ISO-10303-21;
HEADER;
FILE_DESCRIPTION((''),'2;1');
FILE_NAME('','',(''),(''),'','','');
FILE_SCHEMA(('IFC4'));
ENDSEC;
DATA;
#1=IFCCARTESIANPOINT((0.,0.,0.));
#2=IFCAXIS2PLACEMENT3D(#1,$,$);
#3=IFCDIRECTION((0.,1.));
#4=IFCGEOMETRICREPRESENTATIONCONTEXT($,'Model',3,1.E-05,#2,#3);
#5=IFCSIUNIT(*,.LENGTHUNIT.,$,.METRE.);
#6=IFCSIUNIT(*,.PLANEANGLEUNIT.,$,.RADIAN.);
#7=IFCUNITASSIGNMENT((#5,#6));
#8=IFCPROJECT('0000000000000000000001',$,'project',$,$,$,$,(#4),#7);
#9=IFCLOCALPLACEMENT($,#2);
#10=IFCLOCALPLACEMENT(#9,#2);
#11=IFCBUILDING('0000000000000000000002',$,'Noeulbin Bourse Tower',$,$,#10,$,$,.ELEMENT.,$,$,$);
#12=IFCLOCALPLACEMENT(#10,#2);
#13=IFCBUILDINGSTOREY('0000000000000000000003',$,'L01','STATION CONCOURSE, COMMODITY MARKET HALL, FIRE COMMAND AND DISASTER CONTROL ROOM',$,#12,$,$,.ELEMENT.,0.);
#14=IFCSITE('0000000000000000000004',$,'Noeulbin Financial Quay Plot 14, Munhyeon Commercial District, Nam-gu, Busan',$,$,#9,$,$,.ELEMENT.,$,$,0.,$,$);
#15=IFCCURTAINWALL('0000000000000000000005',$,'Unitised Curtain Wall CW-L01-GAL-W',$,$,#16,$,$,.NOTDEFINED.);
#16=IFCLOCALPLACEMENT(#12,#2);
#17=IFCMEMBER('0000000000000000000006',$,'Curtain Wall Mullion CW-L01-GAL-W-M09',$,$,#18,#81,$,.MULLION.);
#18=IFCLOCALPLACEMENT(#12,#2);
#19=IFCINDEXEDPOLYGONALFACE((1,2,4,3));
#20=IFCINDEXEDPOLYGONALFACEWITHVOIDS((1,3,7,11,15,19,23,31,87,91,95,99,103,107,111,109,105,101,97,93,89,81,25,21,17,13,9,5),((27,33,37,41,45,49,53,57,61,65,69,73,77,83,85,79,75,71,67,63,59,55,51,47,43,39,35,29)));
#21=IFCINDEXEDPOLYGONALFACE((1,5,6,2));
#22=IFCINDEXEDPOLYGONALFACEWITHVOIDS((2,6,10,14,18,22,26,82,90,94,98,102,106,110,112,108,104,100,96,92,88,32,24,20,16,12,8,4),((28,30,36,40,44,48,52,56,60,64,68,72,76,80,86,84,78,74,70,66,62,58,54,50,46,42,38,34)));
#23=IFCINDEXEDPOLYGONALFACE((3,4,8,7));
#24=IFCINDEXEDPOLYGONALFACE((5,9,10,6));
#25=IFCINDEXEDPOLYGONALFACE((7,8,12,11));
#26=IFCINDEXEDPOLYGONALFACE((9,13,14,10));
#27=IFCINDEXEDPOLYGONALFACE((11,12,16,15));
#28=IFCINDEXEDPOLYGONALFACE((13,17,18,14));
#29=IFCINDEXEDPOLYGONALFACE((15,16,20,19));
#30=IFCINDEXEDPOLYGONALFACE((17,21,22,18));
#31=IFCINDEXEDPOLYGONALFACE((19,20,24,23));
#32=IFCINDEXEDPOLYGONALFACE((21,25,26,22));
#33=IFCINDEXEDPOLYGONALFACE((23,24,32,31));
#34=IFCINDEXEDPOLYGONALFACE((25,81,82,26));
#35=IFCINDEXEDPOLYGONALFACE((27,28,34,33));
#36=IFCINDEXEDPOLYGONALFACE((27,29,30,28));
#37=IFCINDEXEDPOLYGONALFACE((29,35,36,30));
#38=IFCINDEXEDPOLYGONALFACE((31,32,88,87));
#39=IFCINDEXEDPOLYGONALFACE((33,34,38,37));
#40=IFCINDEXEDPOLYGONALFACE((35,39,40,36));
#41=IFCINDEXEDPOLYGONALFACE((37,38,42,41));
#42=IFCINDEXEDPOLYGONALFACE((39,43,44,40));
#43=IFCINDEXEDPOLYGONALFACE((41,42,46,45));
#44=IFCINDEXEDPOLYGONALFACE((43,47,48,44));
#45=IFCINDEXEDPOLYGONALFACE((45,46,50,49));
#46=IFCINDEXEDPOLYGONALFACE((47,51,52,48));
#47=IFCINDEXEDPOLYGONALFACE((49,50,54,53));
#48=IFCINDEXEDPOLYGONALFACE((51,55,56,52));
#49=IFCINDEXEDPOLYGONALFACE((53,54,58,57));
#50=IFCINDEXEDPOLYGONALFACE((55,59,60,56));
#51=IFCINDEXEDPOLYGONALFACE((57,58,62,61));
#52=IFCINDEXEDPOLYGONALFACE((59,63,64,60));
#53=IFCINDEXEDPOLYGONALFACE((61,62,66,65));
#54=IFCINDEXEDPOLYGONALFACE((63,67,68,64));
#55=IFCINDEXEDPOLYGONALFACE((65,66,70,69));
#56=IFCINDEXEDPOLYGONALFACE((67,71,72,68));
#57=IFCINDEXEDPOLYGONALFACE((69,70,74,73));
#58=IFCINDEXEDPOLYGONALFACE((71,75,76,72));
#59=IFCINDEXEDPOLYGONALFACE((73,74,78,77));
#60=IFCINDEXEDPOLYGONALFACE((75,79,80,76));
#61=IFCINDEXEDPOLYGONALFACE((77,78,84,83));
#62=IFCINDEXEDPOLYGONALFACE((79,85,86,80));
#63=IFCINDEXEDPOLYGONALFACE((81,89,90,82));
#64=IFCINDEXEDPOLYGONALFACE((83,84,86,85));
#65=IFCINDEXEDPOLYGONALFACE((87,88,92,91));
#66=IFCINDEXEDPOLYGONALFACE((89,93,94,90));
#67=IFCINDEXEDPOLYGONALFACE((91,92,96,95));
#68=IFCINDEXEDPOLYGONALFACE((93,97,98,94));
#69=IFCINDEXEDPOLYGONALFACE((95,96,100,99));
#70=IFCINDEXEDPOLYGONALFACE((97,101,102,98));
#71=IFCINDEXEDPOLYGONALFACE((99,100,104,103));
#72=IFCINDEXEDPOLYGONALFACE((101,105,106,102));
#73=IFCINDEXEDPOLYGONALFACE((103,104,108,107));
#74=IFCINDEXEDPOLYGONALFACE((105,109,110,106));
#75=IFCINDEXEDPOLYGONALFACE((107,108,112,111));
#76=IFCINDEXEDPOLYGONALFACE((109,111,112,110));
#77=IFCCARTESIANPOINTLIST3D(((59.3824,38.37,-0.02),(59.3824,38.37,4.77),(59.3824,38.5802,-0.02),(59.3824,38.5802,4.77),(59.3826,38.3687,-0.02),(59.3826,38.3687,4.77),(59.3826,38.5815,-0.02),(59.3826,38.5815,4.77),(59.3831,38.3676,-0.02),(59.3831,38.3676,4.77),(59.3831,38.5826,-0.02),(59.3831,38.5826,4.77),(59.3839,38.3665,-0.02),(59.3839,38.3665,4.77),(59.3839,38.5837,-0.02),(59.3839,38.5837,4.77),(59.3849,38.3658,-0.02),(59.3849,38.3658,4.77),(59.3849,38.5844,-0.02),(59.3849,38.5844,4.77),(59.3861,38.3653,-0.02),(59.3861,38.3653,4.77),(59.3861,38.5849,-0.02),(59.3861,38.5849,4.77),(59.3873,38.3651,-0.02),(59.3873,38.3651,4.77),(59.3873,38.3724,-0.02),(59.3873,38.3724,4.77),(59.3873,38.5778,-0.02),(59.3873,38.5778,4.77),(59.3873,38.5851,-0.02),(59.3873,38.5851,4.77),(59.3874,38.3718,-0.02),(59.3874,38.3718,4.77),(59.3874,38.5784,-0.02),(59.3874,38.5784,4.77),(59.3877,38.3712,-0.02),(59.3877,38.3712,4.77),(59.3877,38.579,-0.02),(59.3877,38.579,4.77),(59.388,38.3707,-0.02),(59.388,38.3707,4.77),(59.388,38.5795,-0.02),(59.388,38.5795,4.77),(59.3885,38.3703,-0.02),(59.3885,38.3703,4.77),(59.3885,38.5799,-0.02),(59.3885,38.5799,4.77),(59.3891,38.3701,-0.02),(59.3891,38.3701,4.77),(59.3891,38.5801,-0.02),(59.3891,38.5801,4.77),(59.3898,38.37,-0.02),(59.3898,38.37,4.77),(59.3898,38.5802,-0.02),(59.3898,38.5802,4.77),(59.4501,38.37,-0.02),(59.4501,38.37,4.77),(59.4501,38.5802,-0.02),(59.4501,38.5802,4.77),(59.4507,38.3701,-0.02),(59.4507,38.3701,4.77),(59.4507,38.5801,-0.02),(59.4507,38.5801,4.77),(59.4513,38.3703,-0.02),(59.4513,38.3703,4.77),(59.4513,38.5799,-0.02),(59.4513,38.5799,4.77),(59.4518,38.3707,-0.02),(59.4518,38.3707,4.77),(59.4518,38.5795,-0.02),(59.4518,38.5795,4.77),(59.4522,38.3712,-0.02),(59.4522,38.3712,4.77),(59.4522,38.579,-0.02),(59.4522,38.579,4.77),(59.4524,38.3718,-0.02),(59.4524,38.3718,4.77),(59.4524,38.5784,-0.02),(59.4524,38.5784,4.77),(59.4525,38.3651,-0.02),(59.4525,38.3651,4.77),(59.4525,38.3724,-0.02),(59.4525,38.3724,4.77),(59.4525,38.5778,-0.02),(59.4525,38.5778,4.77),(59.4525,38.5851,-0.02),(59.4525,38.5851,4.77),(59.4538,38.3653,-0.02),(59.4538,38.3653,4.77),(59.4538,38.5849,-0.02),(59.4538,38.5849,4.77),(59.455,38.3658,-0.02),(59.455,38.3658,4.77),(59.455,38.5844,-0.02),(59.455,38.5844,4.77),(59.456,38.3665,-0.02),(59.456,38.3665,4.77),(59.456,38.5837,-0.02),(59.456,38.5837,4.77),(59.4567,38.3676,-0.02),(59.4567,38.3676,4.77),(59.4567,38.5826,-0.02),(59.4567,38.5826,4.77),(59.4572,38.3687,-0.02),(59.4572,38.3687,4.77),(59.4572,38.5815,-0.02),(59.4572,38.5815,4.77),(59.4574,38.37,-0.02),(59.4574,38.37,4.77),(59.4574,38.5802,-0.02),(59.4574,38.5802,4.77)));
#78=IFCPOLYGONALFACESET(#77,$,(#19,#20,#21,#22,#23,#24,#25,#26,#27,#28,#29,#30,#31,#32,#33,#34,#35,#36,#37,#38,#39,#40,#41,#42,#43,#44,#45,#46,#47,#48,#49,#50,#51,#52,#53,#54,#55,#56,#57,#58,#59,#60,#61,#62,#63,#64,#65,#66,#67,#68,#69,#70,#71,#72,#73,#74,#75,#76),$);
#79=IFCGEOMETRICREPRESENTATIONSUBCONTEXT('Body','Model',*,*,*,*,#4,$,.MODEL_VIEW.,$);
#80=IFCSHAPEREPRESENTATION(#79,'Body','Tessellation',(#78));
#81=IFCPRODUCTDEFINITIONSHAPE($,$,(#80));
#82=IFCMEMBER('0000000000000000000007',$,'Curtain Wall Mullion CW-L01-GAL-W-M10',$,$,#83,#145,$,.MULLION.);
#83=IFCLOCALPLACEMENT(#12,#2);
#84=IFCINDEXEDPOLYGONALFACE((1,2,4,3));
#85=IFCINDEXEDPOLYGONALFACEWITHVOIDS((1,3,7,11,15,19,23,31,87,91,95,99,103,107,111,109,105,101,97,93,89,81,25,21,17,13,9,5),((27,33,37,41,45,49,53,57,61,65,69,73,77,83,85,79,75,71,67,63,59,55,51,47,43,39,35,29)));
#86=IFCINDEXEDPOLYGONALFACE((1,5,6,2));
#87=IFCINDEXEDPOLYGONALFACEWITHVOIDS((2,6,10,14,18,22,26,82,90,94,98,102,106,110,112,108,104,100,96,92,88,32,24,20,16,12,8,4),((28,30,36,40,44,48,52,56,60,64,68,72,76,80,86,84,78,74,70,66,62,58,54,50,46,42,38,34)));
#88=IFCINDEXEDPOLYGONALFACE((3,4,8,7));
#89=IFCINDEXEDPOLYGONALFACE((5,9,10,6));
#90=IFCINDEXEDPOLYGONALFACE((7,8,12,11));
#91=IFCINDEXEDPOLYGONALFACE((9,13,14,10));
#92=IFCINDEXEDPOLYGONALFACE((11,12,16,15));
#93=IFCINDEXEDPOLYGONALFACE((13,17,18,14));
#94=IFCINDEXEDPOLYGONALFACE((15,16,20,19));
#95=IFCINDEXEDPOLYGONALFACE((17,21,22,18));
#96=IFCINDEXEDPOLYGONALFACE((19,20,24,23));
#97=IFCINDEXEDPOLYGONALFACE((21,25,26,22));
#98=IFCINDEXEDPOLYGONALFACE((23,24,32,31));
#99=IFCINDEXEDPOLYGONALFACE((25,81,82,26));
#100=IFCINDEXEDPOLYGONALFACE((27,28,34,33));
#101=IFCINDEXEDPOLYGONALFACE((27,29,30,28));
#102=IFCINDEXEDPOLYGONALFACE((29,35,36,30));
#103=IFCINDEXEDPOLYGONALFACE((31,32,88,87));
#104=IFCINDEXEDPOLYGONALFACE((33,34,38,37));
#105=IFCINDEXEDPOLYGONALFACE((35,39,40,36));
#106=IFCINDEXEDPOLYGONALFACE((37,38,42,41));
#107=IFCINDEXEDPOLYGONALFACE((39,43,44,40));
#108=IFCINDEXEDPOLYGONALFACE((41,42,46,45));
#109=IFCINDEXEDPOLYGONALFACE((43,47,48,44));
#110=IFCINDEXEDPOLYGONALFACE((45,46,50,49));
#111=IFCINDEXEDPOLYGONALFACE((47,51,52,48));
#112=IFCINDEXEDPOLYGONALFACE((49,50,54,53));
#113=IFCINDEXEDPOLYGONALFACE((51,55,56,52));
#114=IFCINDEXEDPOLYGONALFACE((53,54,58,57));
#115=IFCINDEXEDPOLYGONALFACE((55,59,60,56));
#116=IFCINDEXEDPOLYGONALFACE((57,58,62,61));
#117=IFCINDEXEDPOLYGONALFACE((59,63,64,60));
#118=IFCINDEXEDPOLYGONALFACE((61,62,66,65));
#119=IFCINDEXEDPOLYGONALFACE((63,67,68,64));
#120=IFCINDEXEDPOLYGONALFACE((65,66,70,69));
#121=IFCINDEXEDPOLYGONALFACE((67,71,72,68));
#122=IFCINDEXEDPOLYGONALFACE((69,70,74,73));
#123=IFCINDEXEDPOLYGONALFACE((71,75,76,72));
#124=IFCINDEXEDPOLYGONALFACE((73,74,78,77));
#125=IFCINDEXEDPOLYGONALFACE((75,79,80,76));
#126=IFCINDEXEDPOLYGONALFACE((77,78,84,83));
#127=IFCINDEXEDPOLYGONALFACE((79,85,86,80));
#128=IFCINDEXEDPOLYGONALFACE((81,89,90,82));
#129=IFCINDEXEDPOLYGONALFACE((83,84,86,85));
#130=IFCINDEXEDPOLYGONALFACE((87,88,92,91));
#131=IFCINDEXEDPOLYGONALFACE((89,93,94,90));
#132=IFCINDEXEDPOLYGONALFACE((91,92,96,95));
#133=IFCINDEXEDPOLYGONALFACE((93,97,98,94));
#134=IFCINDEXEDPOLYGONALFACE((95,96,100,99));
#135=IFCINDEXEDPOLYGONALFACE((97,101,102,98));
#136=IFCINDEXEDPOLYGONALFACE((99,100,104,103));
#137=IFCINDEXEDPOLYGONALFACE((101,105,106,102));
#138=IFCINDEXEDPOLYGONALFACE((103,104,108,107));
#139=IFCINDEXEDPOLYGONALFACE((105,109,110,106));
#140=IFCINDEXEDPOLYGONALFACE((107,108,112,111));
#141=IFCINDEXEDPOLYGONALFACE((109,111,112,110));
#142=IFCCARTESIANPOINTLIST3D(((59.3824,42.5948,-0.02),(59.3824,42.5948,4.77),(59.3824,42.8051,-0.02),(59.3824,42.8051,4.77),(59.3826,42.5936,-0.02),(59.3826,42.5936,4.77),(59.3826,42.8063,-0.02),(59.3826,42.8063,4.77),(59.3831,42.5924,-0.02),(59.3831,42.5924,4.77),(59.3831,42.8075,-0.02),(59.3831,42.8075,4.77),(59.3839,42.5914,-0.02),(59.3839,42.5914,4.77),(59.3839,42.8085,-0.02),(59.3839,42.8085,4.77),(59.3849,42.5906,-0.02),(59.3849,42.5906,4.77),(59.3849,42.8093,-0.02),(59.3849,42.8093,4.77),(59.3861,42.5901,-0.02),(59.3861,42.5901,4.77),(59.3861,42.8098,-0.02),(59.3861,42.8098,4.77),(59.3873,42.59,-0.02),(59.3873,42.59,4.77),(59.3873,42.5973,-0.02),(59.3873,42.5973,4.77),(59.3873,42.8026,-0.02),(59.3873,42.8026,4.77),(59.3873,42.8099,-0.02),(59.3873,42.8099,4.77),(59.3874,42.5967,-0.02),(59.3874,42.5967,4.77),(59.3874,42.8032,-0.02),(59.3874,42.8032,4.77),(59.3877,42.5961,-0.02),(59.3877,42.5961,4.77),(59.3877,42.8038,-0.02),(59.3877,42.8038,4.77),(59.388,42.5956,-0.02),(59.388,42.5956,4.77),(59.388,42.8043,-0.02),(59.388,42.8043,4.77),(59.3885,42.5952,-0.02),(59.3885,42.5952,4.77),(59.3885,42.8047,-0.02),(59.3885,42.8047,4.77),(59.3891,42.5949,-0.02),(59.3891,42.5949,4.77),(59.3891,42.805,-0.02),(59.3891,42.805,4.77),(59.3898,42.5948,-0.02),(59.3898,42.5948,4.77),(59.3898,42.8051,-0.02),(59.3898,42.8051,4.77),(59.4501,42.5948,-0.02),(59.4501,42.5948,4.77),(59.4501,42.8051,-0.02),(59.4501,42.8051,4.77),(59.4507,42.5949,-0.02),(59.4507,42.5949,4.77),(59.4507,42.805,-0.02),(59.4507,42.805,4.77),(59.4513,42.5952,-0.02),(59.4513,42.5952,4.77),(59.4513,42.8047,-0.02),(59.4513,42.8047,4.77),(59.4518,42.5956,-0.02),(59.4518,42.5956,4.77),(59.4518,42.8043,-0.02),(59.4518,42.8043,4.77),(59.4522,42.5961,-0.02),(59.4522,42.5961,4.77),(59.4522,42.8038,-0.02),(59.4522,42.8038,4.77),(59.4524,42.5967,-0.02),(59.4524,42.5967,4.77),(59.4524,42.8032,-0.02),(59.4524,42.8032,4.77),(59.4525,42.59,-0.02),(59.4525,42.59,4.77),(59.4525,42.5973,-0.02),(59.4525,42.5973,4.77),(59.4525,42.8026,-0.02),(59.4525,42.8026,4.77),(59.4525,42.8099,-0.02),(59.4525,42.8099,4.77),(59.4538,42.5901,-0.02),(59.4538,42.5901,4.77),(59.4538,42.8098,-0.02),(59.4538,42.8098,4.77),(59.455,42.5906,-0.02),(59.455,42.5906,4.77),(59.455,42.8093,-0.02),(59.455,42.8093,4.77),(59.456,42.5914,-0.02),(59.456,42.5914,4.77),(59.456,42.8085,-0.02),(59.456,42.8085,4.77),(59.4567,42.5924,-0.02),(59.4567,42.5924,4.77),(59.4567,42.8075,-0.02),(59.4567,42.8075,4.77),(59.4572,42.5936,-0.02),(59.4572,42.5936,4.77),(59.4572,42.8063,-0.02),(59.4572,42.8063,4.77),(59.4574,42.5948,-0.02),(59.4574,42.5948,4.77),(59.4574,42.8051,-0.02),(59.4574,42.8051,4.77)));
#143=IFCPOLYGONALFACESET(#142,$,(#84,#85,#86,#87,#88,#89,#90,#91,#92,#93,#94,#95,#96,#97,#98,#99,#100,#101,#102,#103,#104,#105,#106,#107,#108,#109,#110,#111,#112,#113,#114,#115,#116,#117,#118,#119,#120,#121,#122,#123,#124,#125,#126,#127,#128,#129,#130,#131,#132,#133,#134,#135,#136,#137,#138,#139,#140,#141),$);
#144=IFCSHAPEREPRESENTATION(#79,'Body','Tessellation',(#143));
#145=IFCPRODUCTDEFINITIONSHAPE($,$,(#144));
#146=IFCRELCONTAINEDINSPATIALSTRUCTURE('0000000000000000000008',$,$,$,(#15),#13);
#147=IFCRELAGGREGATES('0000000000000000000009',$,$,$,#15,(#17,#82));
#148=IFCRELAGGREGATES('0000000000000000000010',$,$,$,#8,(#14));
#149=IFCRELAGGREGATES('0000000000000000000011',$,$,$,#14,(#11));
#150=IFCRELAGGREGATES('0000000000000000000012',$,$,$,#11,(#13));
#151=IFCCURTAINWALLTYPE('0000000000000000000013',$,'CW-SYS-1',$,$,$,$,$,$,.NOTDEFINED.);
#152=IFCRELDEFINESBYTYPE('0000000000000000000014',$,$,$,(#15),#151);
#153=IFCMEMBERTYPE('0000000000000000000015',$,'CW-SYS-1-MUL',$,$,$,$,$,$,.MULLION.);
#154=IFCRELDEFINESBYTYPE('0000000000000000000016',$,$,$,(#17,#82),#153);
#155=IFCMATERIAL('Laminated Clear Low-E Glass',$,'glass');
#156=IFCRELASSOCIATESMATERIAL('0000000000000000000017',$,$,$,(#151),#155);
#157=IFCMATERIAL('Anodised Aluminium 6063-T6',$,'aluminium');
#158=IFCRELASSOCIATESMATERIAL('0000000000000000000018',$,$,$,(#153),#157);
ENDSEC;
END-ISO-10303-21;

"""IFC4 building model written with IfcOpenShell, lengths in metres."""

from ifc_helpers import new_model, si_unit, direction, frame, origin, origin_2d, place, context, subcontext, project, spatial, hollow_rectangle, extrude, material, material_profile, profile_set, type_object, element, aggregate, save


model = new_model("IFC4")

# Units and contexts
model_context = context("Model", 3, precision=1e-05, world=origin(), true_north=direction((0.0, 1.0)))
body_context = subcontext(model_context, "Body", "Model", "MODEL_VIEW")
ifc_project = project(units=[si_unit("LENGTHUNIT", "METRE"), si_unit("PLANEANGLEUNIT", "RADIAN")], contexts=[model_context])

# Site, building, storey
site_placement = place(None, origin())
site = spatial("IfcSite", under=ifc_project, at=site_placement, Name="Noeulbin Financial Quay Plot 14, Munhyeon Commercial District, Nam-gu, Busan", CompositionType="ELEMENT", RefElevation=0.0)
building_placement = place(site_placement, origin())
building = spatial("IfcBuilding", under=site, at=building_placement, Name="Noeulbin Bourse Tower", CompositionType="ELEMENT")
storey_placement = place(building_placement, origin())
storey = spatial("IfcBuildingStorey", under=building, at=storey_placement, Name="L01", Description="STATION CONCOURSE, COMMODITY MARKET HALL, FIRE COMMAND AND DISASTER CONTROL ROOM", CompositionType="ELEMENT", Elevation=0.0)

# Curtain wall, members
ifc_material_1 = material(Name="Laminated Clear Low-E Glass", Category="glass")
curtain_wall_type = type_object("IfcCurtainWallType", Name="CW-SYS-1", PredefinedType="NOTDEFINED", material=ifc_material_1)
curtain_wall_1_placement = place(storey_placement, origin())
curtain_wall_1 = element("IfcCurtainWall", 1, at=curtain_wall_1_placement, inside=storey, type_object=curtain_wall_type, Name="Unitised Curtain Wall CW-L01-GAL-W", PredefinedType="NOTDEFINED")
ifc_material_2 = material(Name="Anodised Aluminium 6063-T6", Category="aluminium")
ifc_material_profile_1 = material_profile(ifc_material_2, hollow_rectangle(XDim=0.075, YDim=0.22, WallThickness=0.0049, InnerFilletRadius=0.0024, OuterFilletRadius=0.0049, at=origin_2d()), Name="ALU-MULL-75x220x5", Category="LoadBearing")
ifc_profile_set_1 = profile_set([ifc_material_profile_1], Name="Anodised Aluminium 6063-T6")
member_type_1 = type_object("IfcMemberType", Name="CW-SYS-1-MUL", PredefinedType="MULLION", material=ifc_profile_set_1)
member_1_placement = place(storey_placement, frame((59.4199, 38.4751, -0.02), z_axis=(0.0, 0.0, 1.0), x_axis=(1.0, 0.0, 0.0)))
member_1 = element("IfcMember", 2, at=member_1_placement, type_object=member_type_1, Name="Curtain Wall Mullion CW-L01-GAL-W-M09", PredefinedType="MULLION", context=body_context, shape_type="SweptSolid", body=[
    extrude(hollow_rectangle(XDim=0.075, YDim=0.22, WallThickness=0.0049, InnerFilletRadius=0.0024, OuterFilletRadius=0.0049, at=origin_2d()), origin(), (0.0, 0.0, 1.0), 4.79),
])
member_2_placement = place(storey_placement, frame((59.4199, 42.7, -0.02), z_axis=(0.0, 0.0, 1.0), x_axis=(1.0, 0.0, 0.0)))
member_2 = element("IfcMember", 3, at=member_2_placement, type_object=member_type_1, Name="Curtain Wall Mullion CW-L01-GAL-W-M10", PredefinedType="MULLION", context=body_context, shape_type="SweptSolid", body=[
    extrude(hollow_rectangle(XDim=0.075, YDim=0.22, WallThickness=0.0049, InnerFilletRadius=0.0024, OuterFilletRadius=0.0049, at=origin_2d()), origin(), (0.0, 0.0, 1.0), 4.79),
])

aggregate(curtain_wall_1, [member_1, member_2])

save(model, "model.ifc")
